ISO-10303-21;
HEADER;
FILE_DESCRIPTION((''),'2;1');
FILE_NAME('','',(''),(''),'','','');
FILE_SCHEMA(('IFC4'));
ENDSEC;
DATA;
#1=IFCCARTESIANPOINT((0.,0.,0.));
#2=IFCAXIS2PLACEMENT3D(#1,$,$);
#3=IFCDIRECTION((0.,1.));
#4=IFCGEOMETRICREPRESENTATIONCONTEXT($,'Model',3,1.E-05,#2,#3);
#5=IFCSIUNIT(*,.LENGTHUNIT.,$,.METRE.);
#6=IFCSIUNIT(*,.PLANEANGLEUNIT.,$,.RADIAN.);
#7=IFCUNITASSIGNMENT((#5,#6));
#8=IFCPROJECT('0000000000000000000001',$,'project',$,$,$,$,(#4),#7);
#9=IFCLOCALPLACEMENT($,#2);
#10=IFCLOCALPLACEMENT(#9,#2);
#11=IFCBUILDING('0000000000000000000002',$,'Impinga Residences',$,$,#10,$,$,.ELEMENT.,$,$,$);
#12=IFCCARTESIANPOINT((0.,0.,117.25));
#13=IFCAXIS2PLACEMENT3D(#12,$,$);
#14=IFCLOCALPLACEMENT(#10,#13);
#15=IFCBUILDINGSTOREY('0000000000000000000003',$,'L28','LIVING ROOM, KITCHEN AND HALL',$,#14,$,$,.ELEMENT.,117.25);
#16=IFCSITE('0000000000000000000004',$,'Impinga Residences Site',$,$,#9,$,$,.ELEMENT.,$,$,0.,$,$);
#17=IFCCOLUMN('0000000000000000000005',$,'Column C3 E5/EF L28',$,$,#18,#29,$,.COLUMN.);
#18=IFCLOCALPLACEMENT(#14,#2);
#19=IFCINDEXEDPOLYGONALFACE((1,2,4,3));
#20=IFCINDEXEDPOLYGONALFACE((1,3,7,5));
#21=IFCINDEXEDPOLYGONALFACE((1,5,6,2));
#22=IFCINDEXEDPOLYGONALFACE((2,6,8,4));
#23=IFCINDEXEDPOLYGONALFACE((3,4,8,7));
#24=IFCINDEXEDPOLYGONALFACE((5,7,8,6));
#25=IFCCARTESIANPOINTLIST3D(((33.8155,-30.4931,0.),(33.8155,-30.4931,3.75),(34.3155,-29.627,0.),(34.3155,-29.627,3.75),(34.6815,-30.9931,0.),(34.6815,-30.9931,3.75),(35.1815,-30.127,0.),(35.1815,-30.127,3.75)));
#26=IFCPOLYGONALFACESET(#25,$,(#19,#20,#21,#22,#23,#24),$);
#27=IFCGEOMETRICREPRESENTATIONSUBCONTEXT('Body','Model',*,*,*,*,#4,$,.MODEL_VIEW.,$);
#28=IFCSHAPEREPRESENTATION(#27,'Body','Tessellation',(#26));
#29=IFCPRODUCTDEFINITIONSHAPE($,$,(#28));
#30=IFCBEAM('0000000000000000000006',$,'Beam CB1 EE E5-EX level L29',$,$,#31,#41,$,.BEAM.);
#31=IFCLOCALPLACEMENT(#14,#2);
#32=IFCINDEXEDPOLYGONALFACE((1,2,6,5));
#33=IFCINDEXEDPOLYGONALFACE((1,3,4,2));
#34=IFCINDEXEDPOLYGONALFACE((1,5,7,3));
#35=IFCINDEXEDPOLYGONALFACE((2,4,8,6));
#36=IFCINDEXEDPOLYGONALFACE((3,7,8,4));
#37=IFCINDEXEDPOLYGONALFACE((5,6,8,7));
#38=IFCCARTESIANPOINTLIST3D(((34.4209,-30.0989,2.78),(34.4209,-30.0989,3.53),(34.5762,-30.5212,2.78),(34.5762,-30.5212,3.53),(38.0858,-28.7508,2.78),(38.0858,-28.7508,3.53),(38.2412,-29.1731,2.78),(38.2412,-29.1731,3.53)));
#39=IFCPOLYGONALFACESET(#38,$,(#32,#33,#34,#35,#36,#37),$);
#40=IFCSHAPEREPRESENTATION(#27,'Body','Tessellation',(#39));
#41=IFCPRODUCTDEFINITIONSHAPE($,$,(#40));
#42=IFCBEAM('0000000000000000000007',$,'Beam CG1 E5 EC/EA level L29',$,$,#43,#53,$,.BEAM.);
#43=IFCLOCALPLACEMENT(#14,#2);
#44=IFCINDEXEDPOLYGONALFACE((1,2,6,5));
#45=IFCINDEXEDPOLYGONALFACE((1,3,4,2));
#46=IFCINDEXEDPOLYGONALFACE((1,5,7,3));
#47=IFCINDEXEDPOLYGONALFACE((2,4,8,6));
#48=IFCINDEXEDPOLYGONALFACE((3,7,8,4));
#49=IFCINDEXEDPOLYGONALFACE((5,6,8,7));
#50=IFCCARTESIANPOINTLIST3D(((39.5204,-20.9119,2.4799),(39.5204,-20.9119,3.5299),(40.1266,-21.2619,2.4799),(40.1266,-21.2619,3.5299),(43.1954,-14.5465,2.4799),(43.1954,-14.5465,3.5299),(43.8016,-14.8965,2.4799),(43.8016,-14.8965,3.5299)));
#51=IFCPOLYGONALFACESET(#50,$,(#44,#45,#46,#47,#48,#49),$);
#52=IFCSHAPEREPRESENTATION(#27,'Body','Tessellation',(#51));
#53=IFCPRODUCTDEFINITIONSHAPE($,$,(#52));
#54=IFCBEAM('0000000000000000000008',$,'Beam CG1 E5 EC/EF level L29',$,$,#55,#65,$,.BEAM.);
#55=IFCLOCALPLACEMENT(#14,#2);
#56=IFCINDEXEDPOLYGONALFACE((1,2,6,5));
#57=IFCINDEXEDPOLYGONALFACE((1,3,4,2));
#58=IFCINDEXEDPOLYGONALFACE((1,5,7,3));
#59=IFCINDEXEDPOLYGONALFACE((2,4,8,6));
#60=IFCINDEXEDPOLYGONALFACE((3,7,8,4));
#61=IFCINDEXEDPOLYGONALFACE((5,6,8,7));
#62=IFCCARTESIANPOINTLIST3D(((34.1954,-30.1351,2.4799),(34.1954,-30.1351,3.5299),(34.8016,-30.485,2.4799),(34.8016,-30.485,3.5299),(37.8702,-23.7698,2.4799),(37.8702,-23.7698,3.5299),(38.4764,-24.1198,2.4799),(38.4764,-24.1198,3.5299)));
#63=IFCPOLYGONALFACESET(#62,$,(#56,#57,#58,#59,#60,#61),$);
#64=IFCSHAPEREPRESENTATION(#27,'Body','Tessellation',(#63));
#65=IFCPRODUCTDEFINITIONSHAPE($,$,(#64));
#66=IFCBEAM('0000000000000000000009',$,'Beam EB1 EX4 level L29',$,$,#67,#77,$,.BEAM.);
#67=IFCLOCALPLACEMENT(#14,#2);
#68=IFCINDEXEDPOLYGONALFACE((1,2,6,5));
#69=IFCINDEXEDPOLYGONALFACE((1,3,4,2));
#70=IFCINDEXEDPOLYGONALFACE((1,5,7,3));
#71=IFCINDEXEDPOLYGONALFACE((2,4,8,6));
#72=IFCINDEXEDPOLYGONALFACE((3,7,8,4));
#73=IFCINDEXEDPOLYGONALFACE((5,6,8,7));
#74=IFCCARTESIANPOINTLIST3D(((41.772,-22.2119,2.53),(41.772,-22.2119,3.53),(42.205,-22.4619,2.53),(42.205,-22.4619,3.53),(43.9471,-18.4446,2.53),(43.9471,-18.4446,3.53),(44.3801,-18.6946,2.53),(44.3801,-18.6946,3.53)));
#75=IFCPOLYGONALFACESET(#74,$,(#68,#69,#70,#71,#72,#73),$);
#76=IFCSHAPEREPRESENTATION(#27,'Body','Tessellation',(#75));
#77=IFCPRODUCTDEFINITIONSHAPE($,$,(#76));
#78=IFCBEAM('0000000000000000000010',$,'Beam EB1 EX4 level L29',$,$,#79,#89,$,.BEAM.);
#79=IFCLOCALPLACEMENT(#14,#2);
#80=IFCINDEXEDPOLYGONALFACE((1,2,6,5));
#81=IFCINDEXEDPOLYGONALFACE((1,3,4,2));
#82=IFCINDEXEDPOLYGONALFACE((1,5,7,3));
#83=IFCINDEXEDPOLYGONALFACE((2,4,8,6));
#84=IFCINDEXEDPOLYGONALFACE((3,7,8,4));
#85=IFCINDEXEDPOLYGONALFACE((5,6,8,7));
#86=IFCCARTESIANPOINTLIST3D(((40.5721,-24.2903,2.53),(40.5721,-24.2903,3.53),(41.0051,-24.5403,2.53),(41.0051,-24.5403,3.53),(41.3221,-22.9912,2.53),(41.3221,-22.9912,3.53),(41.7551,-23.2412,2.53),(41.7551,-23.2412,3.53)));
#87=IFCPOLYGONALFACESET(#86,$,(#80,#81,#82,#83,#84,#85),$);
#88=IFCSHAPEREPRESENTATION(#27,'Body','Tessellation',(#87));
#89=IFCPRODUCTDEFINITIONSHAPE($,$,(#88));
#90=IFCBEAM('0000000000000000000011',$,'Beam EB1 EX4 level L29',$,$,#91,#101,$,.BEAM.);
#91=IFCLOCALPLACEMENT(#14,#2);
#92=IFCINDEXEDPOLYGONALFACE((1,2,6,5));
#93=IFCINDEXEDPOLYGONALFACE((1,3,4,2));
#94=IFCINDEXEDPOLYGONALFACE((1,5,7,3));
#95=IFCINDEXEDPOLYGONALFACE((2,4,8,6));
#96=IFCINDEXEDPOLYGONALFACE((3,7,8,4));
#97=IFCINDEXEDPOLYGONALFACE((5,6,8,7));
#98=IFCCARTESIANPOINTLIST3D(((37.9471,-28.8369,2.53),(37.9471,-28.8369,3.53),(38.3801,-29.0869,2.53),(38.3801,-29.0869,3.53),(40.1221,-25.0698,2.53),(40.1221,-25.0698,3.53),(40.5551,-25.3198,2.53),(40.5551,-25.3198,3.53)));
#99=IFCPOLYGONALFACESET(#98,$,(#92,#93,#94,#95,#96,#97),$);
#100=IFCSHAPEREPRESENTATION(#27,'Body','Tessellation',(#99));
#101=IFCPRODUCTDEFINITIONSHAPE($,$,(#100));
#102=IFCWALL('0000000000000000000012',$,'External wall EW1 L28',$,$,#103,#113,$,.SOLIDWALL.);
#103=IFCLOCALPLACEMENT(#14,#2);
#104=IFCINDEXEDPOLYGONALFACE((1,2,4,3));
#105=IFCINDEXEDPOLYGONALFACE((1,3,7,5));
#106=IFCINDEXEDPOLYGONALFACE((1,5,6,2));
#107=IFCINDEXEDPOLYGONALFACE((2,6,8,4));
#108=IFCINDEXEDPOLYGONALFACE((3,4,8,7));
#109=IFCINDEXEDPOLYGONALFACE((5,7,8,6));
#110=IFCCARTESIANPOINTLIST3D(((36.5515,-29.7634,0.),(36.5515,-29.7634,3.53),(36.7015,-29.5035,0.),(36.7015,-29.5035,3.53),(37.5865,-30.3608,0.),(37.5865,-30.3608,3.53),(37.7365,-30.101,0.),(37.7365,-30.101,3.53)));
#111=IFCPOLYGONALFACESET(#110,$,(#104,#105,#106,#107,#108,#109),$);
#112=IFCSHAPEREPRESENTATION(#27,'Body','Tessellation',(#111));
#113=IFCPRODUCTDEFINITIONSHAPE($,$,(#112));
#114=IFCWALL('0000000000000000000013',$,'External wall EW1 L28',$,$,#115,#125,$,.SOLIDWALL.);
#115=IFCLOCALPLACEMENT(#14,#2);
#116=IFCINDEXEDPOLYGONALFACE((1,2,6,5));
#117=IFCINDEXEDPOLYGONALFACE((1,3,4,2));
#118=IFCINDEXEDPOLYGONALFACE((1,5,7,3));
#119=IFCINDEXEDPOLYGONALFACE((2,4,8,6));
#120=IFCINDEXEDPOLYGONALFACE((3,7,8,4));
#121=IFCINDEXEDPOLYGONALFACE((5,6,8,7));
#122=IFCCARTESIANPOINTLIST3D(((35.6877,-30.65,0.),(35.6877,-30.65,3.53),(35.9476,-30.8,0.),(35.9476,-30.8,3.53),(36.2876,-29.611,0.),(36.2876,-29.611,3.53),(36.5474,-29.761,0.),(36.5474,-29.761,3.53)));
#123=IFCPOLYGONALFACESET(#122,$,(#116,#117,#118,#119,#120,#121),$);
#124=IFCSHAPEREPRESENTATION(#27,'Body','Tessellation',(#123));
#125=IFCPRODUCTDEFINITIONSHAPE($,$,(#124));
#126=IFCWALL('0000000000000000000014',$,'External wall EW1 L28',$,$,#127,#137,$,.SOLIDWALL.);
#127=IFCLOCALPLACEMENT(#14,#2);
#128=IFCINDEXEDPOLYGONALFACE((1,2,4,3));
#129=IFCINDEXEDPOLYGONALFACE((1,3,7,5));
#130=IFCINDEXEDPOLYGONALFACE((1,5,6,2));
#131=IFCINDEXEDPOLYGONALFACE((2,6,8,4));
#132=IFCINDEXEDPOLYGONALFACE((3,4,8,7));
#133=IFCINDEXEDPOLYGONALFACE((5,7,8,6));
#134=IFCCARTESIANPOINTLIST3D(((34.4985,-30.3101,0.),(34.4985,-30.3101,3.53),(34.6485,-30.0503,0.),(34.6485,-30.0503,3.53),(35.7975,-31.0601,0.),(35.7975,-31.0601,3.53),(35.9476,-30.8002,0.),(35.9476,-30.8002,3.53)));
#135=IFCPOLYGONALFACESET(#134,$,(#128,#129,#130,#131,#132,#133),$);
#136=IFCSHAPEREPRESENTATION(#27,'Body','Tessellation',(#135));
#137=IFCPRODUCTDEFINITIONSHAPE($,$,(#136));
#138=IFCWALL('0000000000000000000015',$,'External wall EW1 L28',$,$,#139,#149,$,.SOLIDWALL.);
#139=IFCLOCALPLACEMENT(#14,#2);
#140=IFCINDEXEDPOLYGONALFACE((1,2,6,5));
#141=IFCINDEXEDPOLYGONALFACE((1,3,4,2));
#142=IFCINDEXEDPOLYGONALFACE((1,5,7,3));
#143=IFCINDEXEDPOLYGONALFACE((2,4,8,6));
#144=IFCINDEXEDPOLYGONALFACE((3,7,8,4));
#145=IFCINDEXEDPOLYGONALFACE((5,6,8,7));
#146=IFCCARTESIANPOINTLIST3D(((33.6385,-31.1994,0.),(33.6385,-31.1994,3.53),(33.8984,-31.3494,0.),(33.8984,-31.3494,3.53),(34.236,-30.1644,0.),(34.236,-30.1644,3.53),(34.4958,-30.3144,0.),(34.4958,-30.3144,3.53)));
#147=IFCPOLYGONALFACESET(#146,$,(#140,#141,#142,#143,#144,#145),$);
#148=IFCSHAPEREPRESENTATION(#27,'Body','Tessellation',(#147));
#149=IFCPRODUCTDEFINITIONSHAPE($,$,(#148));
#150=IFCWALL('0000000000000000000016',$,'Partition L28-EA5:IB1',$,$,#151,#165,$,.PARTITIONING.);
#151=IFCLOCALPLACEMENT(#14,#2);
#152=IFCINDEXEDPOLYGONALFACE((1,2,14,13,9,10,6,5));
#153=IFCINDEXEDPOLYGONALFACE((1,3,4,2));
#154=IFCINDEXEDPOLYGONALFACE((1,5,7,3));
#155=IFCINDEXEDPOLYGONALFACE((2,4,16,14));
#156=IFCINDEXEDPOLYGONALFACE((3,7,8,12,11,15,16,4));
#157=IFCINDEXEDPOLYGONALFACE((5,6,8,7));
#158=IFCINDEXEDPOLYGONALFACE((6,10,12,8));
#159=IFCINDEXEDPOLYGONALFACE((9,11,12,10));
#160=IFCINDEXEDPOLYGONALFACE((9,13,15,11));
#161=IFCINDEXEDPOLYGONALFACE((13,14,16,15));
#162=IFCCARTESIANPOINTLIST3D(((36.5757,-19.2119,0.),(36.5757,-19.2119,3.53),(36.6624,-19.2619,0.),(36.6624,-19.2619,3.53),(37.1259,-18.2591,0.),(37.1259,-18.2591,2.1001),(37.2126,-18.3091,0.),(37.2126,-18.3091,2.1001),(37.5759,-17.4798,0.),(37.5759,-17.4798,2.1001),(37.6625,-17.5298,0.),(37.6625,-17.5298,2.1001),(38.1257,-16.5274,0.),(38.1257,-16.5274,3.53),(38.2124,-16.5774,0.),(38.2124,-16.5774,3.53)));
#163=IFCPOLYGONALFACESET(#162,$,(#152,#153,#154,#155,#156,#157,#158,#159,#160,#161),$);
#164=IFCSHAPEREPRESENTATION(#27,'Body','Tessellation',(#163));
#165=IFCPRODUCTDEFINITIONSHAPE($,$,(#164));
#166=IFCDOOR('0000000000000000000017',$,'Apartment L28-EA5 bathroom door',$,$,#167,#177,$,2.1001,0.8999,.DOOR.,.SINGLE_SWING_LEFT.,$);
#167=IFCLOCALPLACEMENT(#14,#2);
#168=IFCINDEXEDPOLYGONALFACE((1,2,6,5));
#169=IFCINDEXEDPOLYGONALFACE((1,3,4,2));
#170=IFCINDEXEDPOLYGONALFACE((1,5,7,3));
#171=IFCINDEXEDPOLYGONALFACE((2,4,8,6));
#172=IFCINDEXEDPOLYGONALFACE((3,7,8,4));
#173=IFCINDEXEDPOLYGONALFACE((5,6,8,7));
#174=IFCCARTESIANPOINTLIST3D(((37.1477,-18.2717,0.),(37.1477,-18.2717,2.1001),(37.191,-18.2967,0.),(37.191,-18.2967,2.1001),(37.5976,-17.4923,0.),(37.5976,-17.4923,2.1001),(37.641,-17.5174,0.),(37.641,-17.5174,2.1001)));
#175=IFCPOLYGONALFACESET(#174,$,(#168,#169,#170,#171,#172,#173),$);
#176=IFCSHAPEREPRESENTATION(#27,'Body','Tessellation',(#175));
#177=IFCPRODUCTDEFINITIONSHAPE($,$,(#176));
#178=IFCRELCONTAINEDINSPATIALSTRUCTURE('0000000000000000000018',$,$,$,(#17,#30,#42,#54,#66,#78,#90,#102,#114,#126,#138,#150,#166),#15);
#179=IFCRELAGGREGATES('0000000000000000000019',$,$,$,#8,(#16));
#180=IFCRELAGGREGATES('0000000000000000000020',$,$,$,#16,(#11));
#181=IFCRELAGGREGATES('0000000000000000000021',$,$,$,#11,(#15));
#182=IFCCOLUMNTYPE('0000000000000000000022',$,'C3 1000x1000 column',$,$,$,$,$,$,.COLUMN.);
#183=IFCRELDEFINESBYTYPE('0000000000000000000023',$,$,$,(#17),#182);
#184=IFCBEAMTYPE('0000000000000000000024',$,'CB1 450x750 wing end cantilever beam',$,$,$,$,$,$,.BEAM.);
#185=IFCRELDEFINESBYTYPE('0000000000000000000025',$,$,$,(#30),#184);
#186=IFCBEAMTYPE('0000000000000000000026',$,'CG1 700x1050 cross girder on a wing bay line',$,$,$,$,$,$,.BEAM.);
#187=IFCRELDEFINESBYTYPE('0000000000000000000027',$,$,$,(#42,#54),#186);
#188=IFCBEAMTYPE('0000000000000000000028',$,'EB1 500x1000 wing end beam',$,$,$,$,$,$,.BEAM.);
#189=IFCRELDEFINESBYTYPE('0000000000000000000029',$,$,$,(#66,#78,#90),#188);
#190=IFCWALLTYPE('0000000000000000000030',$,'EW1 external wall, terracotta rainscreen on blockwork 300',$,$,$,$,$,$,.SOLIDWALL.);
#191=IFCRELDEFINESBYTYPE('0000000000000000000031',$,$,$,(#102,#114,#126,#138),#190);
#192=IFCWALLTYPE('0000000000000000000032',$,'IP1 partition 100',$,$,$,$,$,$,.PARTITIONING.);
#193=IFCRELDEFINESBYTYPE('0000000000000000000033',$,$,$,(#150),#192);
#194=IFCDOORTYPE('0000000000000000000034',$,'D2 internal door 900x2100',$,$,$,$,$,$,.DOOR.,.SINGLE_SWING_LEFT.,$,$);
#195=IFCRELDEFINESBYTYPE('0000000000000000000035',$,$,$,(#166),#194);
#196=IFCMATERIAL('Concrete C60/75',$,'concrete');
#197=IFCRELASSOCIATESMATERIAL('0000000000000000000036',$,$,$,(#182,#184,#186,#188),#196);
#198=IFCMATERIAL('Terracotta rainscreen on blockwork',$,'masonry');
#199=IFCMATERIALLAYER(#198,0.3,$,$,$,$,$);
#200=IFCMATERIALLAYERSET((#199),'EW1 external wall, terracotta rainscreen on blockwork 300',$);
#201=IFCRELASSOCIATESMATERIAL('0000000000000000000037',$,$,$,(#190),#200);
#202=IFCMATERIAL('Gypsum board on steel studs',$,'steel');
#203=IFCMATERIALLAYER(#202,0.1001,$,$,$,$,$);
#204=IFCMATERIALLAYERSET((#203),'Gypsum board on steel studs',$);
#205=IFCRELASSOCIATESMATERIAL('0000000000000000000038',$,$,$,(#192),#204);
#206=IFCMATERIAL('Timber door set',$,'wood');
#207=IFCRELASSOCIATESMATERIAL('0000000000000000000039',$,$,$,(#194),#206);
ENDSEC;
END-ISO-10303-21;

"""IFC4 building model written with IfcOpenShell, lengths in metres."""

from ifc_helpers import new_model, si_unit, direction, frame, frame_2d, origin, origin_2d, place, context, subcontext, project, spatial, rectangle, extrude, material, layer, layer_set, material_profile, profile_set, type_object, element, fill, save


model = new_model("IFC4")

# Units and contexts
model_context = context("Model", 3, precision=1e-05, world=origin(), true_north=direction((0.0, 1.0)))
body_context = subcontext(model_context, "Body", "Model", "MODEL_VIEW")
ifc_project = project(units=[si_unit("LENGTHUNIT", "METRE"), si_unit("PLANEANGLEUNIT", "RADIAN")], contexts=[model_context])

# Site, building, storey
site_placement = place(None, origin())
site = spatial("IfcSite", under=ifc_project, at=site_placement, Name="Impinga Residences Site", CompositionType="ELEMENT", RefElevation=0.0)
building_placement = place(site_placement, origin())
building = spatial("IfcBuilding", under=site, at=building_placement, Name="Impinga Residences", CompositionType="ELEMENT")
storey_placement = place(building_placement, frame((0.0, 0.0, 117.25)))
storey = spatial("IfcBuildingStorey", under=building, at=storey_placement, Name="L28", Description="LIVING ROOM, KITCHEN AND HALL", CompositionType="ELEMENT", Elevation=117.25)

# Column
ifc_material_1 = material(Name="Concrete C60/75", Category="concrete")
ifc_material_profile_1 = material_profile(ifc_material_1, rectangle(XDim=1.0, YDim=1.0, at=origin_2d()), Name="RC 1000x1000")
ifc_profile_set_1 = profile_set([ifc_material_profile_1], Name="Concrete C60/75")
column_type = type_object("IfcColumnType", Name="C3 1000x1000 column", PredefinedType="COLUMN", material=ifc_profile_set_1)
column_placement = place(storey_placement, frame((34.4985, -30.3101, 0.0), z_axis=(0.0, 0.0, 1.0), x_axis=(-0.5, -0.866025, 0.0)))
element("IfcColumn", 1, at=column_placement, inside=storey, type_object=column_type, Name="Column C3 E5/EF L28", PredefinedType="COLUMN", context=body_context, shape_type="SweptSolid", body=[
    extrude(rectangle(XDim=1.0, YDim=1.0, at=origin_2d()), origin(), (0.0, 0.0, 1.0), 3.75),
])

# Beams
ifc_material_profile_2 = material_profile(ifc_material_1, rectangle(XDim=0.45, YDim=0.75, at=origin_2d()), Name="RC 450x750")
ifc_profile_set_2 = profile_set([ifc_material_profile_2], Name="Concrete C60/75")
beam_type_1 = type_object("IfcBeamType", Name="CB1 450x750 wing end cantilever beam", PredefinedType="BEAM", material=ifc_profile_set_2)
beam_1_placement = place(storey_placement, frame((34.4985, -30.3101, 3.155), z_axis=(0.93852, 0.345224, 0.0), x_axis=(-0.345224, 0.93852, 0.0)))
element("IfcBeam", 2, at=beam_1_placement, inside=storey, type_object=beam_type_1, Name="Beam CB1 EE E5-EX level L29", PredefinedType="BEAM", context=body_context, shape_type="SweptSolid", body=[
    extrude(rectangle(XDim=0.45, YDim=0.75, at=origin_2d()), origin(), (0.0, 0.0, 1.0), 3.905),
])
ifc_material_profile_3 = material_profile(ifc_material_1, rectangle(XDim=0.7, YDim=1.05, at=origin_2d()), Name="RC 700x1050")
ifc_profile_set_3 = profile_set([ifc_material_profile_3], Name="Concrete C60/75")
beam_type_2 = type_object("IfcBeamType", Name="CG1 700x1050 cross girder on a wing bay line", PredefinedType="BEAM", material=ifc_profile_set_3)
beam_2_placement = place(storey_placement, frame((39.8235, -21.0869, 3.0049), z_axis=(0.499994, 0.866029, 0.0), x_axis=(-0.866029, 0.499994, 0.0)))
element("IfcBeam", 3, at=beam_2_placement, inside=storey, type_object=beam_type_2, Name="Beam CG1 E5 EC/EA level L29", PredefinedType="BEAM", context=body_context, shape_type="SweptSolid", body=[
    extrude(rectangle(XDim=0.7, YDim=1.05, at=origin_2d()), origin(), (0.0, 0.0, 1.0), 7.3501),
])
beam_3_placement = place(storey_placement, frame((38.1733, -23.9448, 3.0049), z_axis=(-0.499983, -0.866035, 0.0), x_axis=(0.866035, -0.499983, 0.0)))
element("IfcBeam", 4, at=beam_3_placement, inside=storey, type_object=beam_type_2, Name="Beam CG1 E5 EC/EF level L29", PredefinedType="BEAM", context=body_context, shape_type="SweptSolid", body=[
    extrude(rectangle(XDim=0.7, YDim=1.05, at=origin_2d()), origin(), (0.0, 0.0, 1.0), 7.3499),
])
ifc_material_profile_4 = material_profile(ifc_material_1, rectangle(XDim=0.5, YDim=1.0, at=origin_2d()), Name="RC 500x1000")
ifc_profile_set_4 = profile_set([ifc_material_profile_4], Name="Concrete C60/75")
beam_type_3 = type_object("IfcBeamType", Name="EB1 500x1000 wing end beam", PredefinedType="BEAM", material=ifc_profile_set_4)
beam_4_placement = place(storey_placement, frame((44.1636, -18.5696, 3.03), z_axis=(-0.499996, -0.866028, 0.0), x_axis=(0.866028, -0.499996, 0.0)))
element("IfcBeam", 5, at=beam_4_placement, inside=storey, type_object=beam_type_3, Name="Beam EB1 EX4 level L29", PredefinedType="BEAM", context=body_context, shape_type="SweptSolid", body=[
    extrude(rectangle(XDim=0.5, YDim=1.0, at=origin_2d()), origin(), (0.0, 0.0, 1.0), 4.3501),
])
beam_5_placement = place(storey_placement, frame((41.5386, -23.1162, 3.03), z_axis=(-0.49999, -0.866031, 0.0), x_axis=(0.866031, -0.49999, 0.0)))
element("IfcBeam", 6, at=beam_5_placement, inside=storey, type_object=beam_type_3, Name="Beam EB1 EX4 level L29", PredefinedType="BEAM", context=body_context, shape_type="SweptSolid", body=[
    extrude(rectangle(XDim=0.5, YDim=1.0, at=origin_2d()), origin(), (0.0, 0.0, 1.0), 1.5),
])
beam_6_placement = place(storey_placement, frame((40.3386, -25.1948, 3.03), z_axis=(-0.50002, -0.866014, 0.0), x_axis=(0.866014, -0.50002, 0.0)))
element("IfcBeam", 7, at=beam_6_placement, inside=storey, type_object=beam_type_3, Name="Beam EB1 EX4 level L29", PredefinedType="BEAM", context=body_context, shape_type="SweptSolid", body=[
    extrude(rectangle(XDim=0.5, YDim=1.0, at=origin_2d()), origin(), (0.0, 0.0, 1.0), 4.3499),
])

# Walls
ifc_material_2 = material(Name="Terracotta rainscreen on blockwork", Category="masonry")
ifc_layer_1 = layer(ifc_material_2, 0.3)
ifc_layer_set_1 = layer_set([ifc_layer_1], Name="EW1 external wall, terracotta rainscreen on blockwork 300")
wall_type_1 = type_object("IfcWallType", Name="EW1 external wall, terracotta rainscreen on blockwork 300", PredefinedType="SOLIDWALL", material=ifc_layer_set_1)
wall_1_placement = place(storey_placement, frame((37.6616, -30.231, 0.0), z_axis=(0.0, 0.0, 1.0), x_axis=(-0.86606, 0.499941, 0.0)))
element("IfcWall", 8, at=wall_1_placement, inside=storey, type_object=wall_type_1, Name="External wall EW1 L28", PredefinedType="SOLIDWALL", context=body_context, shape_type="SweptSolid", body=[
    extrude(rectangle(XDim=1.1951, YDim=0.3, at=frame_2d((0.5977, 0.0))), origin(), (0.0, 0.0, 1.0), 3.53),
])
wall_2_placement = place(storey_placement, frame((36.4175, -29.686, 0.0), z_axis=(0.0, 0.0, 1.0), x_axis=(-0.499969, -0.866043, 0.0)))
element("IfcWall", 9, at=wall_2_placement, inside=storey, type_object=wall_type_1, Name="External wall EW1 L28", PredefinedType="SOLIDWALL", context=body_context, shape_type="SweptSolid", body=[
    extrude(rectangle(XDim=1.1997, YDim=0.3, at=frame_2d((0.5999, 0.0))), origin(), (0.0, 0.0, 1.0), 3.53),
])
wall_3_placement = place(storey_placement, frame((35.8726, -30.9302, 0.0), z_axis=(0.0, 0.0, 1.0), x_axis=(-0.866031, 0.49999, 0.0)))
element("IfcWall", 10, at=wall_3_placement, inside=storey, type_object=wall_type_1, Name="External wall EW1 L28", PredefinedType="SOLIDWALL", context=body_context, shape_type="SweptSolid", body=[
    extrude(rectangle(XDim=1.5, YDim=0.3, at=frame_2d((0.75, 0.0))), origin(), (0.0, 0.0, 1.0), 3.53),
])
wall_4_placement = place(storey_placement, frame((34.366, -30.2393, 0.0), z_axis=(0.0, 0.0, 1.0), x_axis=(-0.499941, -0.86606, 0.0)))
element("IfcWall", 11, at=wall_4_placement, inside=storey, type_object=wall_type_1, Name="External wall EW1 L28", PredefinedType="SOLIDWALL", context=body_context, shape_type="SweptSolid", body=[
    extrude(rectangle(XDim=1.1951, YDim=0.3, at=frame_2d((0.5977, 0.0))), origin(), (0.0, 0.0, 1.0), 3.53),
])

# Wall, opening, door
ifc_material_3 = material(Name="Gypsum board on steel studs", Category="steel")
ifc_layer_2 = layer(ifc_material_3, 0.1001)
ifc_layer_set_2 = layer_set([ifc_layer_2], Name="Gypsum board on steel studs")
wall_type_2 = type_object("IfcWallType", Name="IP1 partition 100", PredefinedType="PARTITIONING", material=ifc_layer_set_2)
wall_5_placement = place(storey_placement, frame((36.6191, -19.2368, 0.0), z_axis=(0.0, 0.0, 1.0), x_axis=(0.500027, 0.86601, 0.0)))
wall_5 = element("IfcWall", 12, at=wall_5_placement, inside=storey, type_object=wall_type_2, Name="Partition L28-EA5:IB1", PredefinedType="PARTITIONING", context=body_context, shape_type="SweptSolid", body=[
    extrude(rectangle(XDim=3.0999, YDim=0.1001, at=frame_2d((1.5498, 0.0))), origin(), (0.0, 0.0, 1.0), 3.53),
])
opening_placement = place(wall_5_placement, frame((1.1001, 0.0, 0.0)))
opening = element("IfcOpeningElement", 13, at=opening_placement, cuts=wall_5, PredefinedType="OPENING", context=body_context, shape_type="SweptSolid", body=[
    extrude(rectangle(XDim=0.8999, YDim=2.1001, at=frame_2d((0.45, 1.05))), frame((0.0, 0.0601, 0.0), z_axis=(0.0, -1.0, 0.0), x_axis=(1.0, 0.0, 0.0)), (0.0, 0.0, 1.0), 0.1201),
])
ifc_material_4 = material(Name="Timber door set", Category="wood")
door_type = type_object("IfcDoorType", Name="D2 internal door 900x2100", OperationType="SINGLE_SWING_LEFT", PredefinedType="DOOR", material=ifc_material_4)
door_placement = place(opening_placement, origin())
door = element("IfcDoor", 14, at=door_placement, inside=storey, type_object=door_type, Name="Apartment L28-EA5 bathroom door", OperationType="SINGLE_SWING_LEFT", OverallHeight=2.1001, OverallWidth=0.8999, PredefinedType="DOOR", context=body_context, shape_type="SweptSolid", body=[
    extrude(rectangle(XDim=0.8999, YDim=2.1001, at=frame_2d((0.45, 1.05))), frame((0.0, 0.0249, 0.0), z_axis=(0.0, -1.0, 0.0), x_axis=(1.0, 0.0, 0.0)), (0.0, 0.0, 1.0), 0.05),
])
fill(opening, door)

save(model, "model.ifc")
